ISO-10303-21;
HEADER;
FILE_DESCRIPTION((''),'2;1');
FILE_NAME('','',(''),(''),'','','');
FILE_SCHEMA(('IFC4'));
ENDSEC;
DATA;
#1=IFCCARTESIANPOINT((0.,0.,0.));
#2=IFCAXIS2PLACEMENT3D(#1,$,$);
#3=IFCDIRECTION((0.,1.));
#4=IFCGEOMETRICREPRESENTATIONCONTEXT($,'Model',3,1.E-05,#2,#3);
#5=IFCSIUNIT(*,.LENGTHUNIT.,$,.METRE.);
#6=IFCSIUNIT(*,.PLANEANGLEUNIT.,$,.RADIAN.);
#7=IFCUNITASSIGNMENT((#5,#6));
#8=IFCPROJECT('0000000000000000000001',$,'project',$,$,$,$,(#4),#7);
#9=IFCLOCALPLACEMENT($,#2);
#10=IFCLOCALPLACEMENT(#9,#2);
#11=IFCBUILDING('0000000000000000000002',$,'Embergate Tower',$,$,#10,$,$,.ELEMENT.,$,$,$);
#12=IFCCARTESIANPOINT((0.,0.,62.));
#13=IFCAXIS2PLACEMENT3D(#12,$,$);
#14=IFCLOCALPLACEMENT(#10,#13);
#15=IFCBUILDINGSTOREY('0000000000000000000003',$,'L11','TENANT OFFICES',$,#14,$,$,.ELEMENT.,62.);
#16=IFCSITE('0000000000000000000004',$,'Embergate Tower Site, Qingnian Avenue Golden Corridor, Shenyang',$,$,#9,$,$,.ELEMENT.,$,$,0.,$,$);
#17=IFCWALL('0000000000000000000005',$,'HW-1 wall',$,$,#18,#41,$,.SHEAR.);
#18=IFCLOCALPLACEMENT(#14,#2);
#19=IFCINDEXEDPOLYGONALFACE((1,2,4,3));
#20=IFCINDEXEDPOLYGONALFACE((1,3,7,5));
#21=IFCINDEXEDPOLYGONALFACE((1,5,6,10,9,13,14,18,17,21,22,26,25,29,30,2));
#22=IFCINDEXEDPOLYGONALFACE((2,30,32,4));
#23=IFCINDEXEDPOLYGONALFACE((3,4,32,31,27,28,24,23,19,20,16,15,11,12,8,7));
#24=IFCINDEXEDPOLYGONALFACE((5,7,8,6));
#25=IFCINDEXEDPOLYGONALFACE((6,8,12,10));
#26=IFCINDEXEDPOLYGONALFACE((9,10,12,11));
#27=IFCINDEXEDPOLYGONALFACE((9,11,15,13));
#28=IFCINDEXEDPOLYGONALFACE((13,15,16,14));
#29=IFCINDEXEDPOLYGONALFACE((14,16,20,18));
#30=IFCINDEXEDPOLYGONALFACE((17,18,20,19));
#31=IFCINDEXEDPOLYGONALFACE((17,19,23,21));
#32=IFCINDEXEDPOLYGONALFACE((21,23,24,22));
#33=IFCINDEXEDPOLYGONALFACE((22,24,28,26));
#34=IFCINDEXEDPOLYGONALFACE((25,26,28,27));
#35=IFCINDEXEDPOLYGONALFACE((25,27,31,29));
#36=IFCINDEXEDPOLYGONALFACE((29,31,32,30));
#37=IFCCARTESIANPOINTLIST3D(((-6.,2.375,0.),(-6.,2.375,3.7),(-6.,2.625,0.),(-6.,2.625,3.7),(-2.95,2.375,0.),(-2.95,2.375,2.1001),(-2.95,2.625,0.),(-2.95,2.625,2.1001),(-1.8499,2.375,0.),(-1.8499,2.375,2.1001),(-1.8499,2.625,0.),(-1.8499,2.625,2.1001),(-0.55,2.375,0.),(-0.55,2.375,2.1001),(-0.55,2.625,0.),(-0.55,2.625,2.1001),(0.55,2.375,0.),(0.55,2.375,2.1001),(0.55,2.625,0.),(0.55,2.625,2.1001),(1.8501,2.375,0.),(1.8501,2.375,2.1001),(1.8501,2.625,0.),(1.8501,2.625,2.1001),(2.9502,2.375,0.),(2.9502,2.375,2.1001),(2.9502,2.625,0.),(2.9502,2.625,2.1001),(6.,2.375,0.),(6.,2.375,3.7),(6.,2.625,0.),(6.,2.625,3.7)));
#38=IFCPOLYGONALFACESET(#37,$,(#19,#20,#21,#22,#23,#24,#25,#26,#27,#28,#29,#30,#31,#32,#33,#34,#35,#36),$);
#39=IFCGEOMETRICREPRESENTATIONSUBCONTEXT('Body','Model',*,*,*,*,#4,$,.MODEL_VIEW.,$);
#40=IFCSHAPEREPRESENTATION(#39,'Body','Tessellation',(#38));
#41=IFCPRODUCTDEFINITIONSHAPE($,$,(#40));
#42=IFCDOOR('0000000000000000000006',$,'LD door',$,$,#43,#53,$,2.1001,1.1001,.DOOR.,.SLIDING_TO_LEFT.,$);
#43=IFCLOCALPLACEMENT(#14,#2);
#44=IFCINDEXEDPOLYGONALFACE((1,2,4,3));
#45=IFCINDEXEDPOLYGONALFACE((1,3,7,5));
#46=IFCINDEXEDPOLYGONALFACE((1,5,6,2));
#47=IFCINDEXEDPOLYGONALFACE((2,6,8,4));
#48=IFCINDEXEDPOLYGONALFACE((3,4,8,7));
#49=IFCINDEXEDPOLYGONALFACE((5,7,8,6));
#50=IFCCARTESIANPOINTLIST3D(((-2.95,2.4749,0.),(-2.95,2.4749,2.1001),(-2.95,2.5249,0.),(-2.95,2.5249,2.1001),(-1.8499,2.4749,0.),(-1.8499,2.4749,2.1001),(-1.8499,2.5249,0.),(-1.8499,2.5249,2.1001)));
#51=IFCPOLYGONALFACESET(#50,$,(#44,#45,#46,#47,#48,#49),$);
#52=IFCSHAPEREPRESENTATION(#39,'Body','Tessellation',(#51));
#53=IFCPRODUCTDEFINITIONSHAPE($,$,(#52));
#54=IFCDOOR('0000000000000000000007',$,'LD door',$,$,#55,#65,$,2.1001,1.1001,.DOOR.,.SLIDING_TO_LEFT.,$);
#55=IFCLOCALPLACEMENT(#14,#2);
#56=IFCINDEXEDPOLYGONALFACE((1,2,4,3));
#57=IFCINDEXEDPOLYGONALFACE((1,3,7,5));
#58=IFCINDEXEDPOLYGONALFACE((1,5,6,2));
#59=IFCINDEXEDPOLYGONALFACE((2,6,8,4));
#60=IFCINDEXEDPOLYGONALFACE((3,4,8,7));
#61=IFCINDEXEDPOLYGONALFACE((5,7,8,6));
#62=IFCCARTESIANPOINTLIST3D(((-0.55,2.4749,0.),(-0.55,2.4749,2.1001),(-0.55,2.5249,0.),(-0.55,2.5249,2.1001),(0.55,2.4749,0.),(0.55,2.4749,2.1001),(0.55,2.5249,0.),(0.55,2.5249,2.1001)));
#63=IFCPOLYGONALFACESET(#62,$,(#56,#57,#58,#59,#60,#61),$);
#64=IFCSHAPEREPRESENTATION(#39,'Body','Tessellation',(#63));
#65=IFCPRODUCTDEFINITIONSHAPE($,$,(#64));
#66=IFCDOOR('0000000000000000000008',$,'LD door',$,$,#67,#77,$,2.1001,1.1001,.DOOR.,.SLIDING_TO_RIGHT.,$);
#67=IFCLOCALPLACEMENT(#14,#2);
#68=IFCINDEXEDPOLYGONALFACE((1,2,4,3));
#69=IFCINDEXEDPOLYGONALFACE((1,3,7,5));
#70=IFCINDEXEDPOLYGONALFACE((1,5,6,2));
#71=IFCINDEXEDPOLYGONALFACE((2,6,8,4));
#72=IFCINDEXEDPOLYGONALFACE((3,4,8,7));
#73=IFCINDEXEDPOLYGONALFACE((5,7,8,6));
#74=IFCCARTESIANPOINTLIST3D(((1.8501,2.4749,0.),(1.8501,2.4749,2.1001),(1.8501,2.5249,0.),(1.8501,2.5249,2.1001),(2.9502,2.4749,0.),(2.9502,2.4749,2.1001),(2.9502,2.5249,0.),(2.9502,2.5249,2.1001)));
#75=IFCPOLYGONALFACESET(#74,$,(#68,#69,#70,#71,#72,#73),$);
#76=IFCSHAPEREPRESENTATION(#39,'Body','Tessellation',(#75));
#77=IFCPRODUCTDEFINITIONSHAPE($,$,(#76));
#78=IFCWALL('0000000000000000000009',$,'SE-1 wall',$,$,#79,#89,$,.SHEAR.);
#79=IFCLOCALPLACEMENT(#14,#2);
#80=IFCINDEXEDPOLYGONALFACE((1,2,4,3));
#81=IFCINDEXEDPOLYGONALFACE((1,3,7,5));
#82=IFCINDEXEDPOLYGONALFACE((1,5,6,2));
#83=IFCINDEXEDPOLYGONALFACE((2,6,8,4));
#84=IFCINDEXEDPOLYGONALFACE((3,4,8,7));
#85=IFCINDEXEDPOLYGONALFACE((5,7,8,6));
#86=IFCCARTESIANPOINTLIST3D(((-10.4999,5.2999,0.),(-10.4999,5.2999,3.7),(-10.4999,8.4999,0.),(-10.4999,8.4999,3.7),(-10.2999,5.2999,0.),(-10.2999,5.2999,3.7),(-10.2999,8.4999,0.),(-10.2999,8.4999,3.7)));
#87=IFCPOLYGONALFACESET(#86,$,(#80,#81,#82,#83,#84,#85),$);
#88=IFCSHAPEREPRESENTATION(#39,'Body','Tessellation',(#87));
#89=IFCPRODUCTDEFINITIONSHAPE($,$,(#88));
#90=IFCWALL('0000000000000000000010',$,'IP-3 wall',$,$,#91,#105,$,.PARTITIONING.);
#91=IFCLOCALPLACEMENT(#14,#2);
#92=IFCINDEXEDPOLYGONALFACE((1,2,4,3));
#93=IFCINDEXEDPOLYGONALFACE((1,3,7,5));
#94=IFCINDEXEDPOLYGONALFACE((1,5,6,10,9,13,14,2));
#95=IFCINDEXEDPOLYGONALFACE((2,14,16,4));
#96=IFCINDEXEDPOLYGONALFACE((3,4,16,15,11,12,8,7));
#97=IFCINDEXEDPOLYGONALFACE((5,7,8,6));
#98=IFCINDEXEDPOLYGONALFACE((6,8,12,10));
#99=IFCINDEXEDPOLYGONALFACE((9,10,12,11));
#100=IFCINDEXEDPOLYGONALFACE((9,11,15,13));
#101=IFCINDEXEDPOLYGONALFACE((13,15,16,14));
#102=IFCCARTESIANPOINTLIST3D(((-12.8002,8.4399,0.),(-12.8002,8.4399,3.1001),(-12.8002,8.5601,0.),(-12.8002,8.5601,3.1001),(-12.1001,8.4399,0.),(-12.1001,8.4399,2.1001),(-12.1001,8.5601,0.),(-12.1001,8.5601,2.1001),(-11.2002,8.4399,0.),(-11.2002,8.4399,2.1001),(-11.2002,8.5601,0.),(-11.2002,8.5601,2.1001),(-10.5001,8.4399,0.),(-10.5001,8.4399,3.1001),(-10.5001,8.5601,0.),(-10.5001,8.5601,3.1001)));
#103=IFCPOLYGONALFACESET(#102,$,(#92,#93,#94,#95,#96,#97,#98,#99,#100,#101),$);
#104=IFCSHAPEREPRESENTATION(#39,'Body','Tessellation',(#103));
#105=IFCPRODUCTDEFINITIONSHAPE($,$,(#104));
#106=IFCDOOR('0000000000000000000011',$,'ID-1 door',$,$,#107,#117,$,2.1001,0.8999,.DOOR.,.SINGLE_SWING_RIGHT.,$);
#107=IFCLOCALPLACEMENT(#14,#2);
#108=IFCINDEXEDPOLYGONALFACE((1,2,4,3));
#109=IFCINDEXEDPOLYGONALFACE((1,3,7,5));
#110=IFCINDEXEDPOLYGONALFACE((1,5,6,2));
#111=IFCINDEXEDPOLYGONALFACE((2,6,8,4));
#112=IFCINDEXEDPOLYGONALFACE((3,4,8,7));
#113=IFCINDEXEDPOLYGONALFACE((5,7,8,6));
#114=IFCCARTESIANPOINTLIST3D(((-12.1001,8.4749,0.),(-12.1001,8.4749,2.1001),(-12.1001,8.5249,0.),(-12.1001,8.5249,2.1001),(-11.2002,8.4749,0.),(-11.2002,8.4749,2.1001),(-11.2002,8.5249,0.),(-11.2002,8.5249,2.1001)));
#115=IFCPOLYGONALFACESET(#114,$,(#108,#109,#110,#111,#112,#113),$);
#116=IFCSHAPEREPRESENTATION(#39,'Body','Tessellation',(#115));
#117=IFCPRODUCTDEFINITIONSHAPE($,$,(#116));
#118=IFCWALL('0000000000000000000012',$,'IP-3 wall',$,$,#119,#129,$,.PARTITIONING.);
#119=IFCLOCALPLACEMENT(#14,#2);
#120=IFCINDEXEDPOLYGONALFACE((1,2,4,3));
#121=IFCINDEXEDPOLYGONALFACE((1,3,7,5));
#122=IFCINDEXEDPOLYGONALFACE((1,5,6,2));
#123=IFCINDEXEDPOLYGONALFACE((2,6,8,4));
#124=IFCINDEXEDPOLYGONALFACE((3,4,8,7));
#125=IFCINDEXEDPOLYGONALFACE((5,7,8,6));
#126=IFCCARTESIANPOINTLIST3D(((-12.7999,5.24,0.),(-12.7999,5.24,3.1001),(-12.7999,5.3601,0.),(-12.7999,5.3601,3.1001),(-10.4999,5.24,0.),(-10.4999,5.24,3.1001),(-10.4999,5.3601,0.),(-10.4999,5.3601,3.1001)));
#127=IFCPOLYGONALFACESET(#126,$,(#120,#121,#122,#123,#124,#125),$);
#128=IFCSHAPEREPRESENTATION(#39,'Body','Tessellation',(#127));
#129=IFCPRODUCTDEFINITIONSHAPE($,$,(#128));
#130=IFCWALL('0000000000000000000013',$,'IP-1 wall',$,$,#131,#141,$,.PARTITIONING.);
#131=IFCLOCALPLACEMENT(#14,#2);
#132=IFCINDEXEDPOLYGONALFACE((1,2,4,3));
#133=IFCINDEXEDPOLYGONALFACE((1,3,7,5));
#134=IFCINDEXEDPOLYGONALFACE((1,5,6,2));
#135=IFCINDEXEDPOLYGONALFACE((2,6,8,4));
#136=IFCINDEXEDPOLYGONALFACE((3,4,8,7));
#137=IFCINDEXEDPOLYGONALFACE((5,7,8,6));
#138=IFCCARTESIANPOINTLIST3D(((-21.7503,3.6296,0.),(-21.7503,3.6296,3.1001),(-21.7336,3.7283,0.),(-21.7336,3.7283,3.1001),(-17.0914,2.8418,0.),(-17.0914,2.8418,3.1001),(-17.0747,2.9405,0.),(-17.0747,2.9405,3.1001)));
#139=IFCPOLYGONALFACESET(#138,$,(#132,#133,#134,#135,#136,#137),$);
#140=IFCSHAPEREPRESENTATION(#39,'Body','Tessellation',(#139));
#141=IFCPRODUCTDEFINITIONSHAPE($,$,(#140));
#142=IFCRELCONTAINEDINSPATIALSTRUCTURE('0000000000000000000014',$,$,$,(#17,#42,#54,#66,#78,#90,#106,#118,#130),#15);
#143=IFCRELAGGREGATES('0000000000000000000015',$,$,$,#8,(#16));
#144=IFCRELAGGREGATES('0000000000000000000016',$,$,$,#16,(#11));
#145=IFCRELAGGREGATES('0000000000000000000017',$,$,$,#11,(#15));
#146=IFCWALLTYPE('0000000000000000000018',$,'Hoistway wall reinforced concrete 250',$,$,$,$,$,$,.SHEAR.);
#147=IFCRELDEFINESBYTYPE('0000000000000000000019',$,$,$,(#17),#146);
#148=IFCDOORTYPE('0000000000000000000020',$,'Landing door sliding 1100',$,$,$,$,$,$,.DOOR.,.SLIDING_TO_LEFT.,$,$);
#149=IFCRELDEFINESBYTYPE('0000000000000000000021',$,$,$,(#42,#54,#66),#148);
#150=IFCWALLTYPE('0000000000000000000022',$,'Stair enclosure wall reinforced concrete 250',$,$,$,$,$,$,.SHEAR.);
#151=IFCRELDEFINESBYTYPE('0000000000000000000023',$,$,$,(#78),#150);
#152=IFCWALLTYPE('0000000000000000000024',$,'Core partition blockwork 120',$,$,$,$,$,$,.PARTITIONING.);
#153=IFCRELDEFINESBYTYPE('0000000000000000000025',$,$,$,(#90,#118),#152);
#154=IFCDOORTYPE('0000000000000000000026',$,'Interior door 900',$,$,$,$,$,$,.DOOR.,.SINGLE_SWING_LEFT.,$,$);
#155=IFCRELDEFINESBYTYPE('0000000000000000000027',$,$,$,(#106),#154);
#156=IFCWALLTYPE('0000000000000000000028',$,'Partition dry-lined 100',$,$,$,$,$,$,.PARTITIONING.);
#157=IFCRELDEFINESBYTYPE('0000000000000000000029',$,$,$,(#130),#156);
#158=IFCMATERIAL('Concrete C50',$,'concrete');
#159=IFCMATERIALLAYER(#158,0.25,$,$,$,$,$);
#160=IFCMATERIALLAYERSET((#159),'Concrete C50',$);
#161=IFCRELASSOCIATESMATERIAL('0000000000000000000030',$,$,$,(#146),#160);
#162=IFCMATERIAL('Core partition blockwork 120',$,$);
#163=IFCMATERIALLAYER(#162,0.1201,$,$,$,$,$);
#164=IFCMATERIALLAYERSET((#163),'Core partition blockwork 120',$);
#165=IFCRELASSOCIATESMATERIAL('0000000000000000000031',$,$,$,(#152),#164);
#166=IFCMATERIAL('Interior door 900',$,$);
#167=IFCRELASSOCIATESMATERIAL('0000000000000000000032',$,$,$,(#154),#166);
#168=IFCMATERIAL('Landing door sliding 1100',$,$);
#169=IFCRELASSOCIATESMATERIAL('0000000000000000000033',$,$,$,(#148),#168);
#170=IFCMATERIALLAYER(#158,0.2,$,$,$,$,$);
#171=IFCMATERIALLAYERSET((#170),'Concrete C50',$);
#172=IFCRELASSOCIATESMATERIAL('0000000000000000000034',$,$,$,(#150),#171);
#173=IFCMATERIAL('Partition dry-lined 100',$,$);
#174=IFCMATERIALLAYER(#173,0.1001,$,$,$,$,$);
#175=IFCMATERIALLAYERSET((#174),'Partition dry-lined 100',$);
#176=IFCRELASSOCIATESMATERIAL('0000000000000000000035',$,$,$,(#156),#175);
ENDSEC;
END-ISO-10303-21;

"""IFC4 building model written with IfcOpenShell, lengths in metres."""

from ifc_helpers import new_model, si_unit, direction, frame, frame_2d, origin, place, context, subcontext, project, spatial, rectangle, extrude, source, transform, mapped, material, layer, layer_set, type_object, element, fill, save


model = new_model("IFC4")

# Units and contexts
model_context = context("Model", 3, precision=1e-05, world=origin(), true_north=direction((0.0, 1.0)))
body_context = subcontext(model_context, "Body", "Model", "MODEL_VIEW")
ifc_project = project(units=[si_unit("LENGTHUNIT", "METRE"), si_unit("PLANEANGLEUNIT", "RADIAN")], contexts=[model_context])

# Site, building, storey
site_placement = place(None, origin())
site = spatial("IfcSite", under=ifc_project, at=site_placement, Name="Embergate Tower Site, Qingnian Avenue Golden Corridor, Shenyang", CompositionType="ELEMENT", RefElevation=0.0)
building_placement = place(site_placement, origin())
building = spatial("IfcBuilding", under=site, at=building_placement, Name="Embergate Tower", CompositionType="ELEMENT")
storey_placement = place(building_placement, frame((0.0, 0.0, 62.0)))
storey = spatial("IfcBuildingStorey", under=building, at=storey_placement, Name="L11", Description="TENANT OFFICES", CompositionType="ELEMENT", Elevation=62.0)

# Shared definitions
ifc_material_1 = material(Name="Concrete C50", Category="concrete")
ifc_layer_1 = layer(ifc_material_1, 0.25)
ifc_layer_set_1 = layer_set([ifc_layer_1], Name="Concrete C50")
wall_type_1 = type_object("IfcWallType", Name="Hoistway wall reinforced concrete 250", PredefinedType="SHEAR", material=ifc_layer_set_1)

# Shared definitions
ifc_material_2 = material(Name="Core partition blockwork 120")
ifc_layer_2 = layer(ifc_material_2, 0.1201)
ifc_layer_set_2 = layer_set([ifc_layer_2], Name="Core partition blockwork 120")
wall_type_2 = type_object("IfcWallType", Name="Core partition blockwork 120", PredefinedType="PARTITIONING", material=ifc_layer_set_2)
shared_shape_1 = source(origin(), body_context, "Body", "SweptSolid", [
    extrude(rectangle(XDim=0.8999, YDim=2.1001, at=frame_2d((0.45, 1.05))), frame((0.0, 0.0701, 0.0), z_axis=(0.0, -1.0, 0.0), x_axis=(1.0, 0.0, 0.0)), (0.0, 0.0, 1.0), 0.1401),
])
ifc_material_3 = material(Name="Interior door 900")
door_type_1 = type_object("IfcDoorType", Name="Interior door 900", OperationType="SINGLE_SWING_LEFT", PredefinedType="DOOR", material=ifc_material_3)
shared_shape_2 = source(origin(), body_context, "Body", "SweptSolid", [
    extrude(rectangle(XDim=0.8999, YDim=2.1001, at=frame_2d((0.45, 1.05))), frame((0.0, 0.0249, 0.0), z_axis=(0.0, -1.0, 0.0), x_axis=(1.0, 0.0, 0.0)), (0.0, 0.0, 1.0), 0.05),
])

# Wall, openings, doors
shared_shape_3 = source(origin(), body_context, "Body", "SweptSolid", [
    extrude(rectangle(XDim=12.0, YDim=0.25, at=frame_2d((6.0, 0.0))), origin(), (0.0, 0.0, 1.0), 3.7),
])
wall_1_placement = place(storey_placement, frame((-6.0, 2.5, 0.0), z_axis=(0.0, 0.0, 1.0), x_axis=(1.0, 0.0, 0.0)))
wall_1 = element("IfcWall", 1, at=wall_1_placement, inside=storey, type_object=wall_type_1, Name="HW-1 wall", PredefinedType="SHEAR", context=body_context, shape_type="MappedRepresentation", body=[
    mapped(shared_shape_3, transform((0.0, 0.0, 0.0))),
])
shared_shape_4 = source(origin(), body_context, "Body", "SweptSolid", [
    extrude(rectangle(XDim=1.1001, YDim=2.1001, at=frame_2d((0.55, 1.05))), frame((0.0, 0.135, 0.0), z_axis=(0.0, -1.0, 0.0), x_axis=(1.0, 0.0, 0.0)), (0.0, 0.0, 1.0), 0.27),
])
opening_1_placement = place(wall_1_placement, frame((3.05, 0.0, 0.0)))
opening_1 = element("IfcOpeningElement", 2, at=opening_1_placement, cuts=wall_1, PredefinedType="OPENING", context=body_context, shape_type="MappedRepresentation", body=[
    mapped(shared_shape_4, transform((0.0, 0.0, 0.0))),
])
opening_2_placement = place(wall_1_placement, frame((5.45, 0.0, 0.0)))
opening_2 = element("IfcOpeningElement", 3, at=opening_2_placement, cuts=wall_1, PredefinedType="OPENING", context=body_context, shape_type="MappedRepresentation", body=[
    mapped(shared_shape_4, transform((0.0, 0.0, 0.0))),
])
opening_3_placement = place(wall_1_placement, frame((7.8501, 0.0, 0.0)))
opening_3 = element("IfcOpeningElement", 4, at=opening_3_placement, cuts=wall_1, PredefinedType="OPENING", context=body_context, shape_type="MappedRepresentation", body=[
    mapped(shared_shape_4, transform((0.0, 0.0, 0.0))),
])
ifc_material_4 = material(Name="Landing door sliding 1100")
door_type_2 = type_object("IfcDoorType", Name="Landing door sliding 1100", OperationType="SLIDING_TO_LEFT", PredefinedType="DOOR", material=ifc_material_4)
shared_shape_5 = source(origin(), body_context, "Body", "SweptSolid", [
    extrude(rectangle(XDim=1.1001, YDim=2.1001, at=frame_2d((0.55, 1.05))), frame((0.0, 0.0249, 0.0), z_axis=(0.0, -1.0, 0.0), x_axis=(1.0, 0.0, 0.0)), (0.0, 0.0, 1.0), 0.05),
])
door_1_placement = place(opening_1_placement, origin())
door_1 = element("IfcDoor", 5, at=door_1_placement, inside=storey, type_object=door_type_2, Name="LD door", OperationType="SLIDING_TO_LEFT", OverallHeight=2.1001, OverallWidth=1.1001, PredefinedType="DOOR", context=body_context, shape_type="MappedRepresentation", body=[
    mapped(shared_shape_5, transform((0.0, 0.0, 0.0))),
])
fill(opening_1, door_1)
door_2_placement = place(opening_2_placement, origin())
door_2 = element("IfcDoor", 6, at=door_2_placement, inside=storey, type_object=door_type_2, Name="LD door", OperationType="SLIDING_TO_LEFT", OverallHeight=2.1001, OverallWidth=1.1001, PredefinedType="DOOR", context=body_context, shape_type="MappedRepresentation", body=[
    mapped(shared_shape_5, transform((0.0, 0.0, 0.0))),
])
fill(opening_2, door_2)
door_3_placement = place(opening_3_placement, origin())
door_3 = element("IfcDoor", 7, at=door_3_placement, inside=storey, type_object=door_type_2, Name="LD door", OperationType="SLIDING_TO_RIGHT", OverallHeight=2.1001, OverallWidth=1.1001, PredefinedType="DOOR", context=body_context, shape_type="MappedRepresentation", body=[
    mapped(shared_shape_5, transform((0.0, 0.0, 0.0))),
])
fill(opening_3, door_3)

# Wall
ifc_layer_3 = layer(ifc_material_1, 0.2)
ifc_layer_set_3 = layer_set([ifc_layer_3], Name="Concrete C50")
wall_type_3 = type_object("IfcWallType", Name="Stair enclosure wall reinforced concrete 250", PredefinedType="SHEAR", material=ifc_layer_set_3)
shared_shape_6 = source(origin(), body_context, "Body", "SweptSolid", [
    extrude(rectangle(XDim=3.2, YDim=0.2, at=frame_2d((1.6001, 0.0))), origin(), (0.0, 0.0, 1.0), 3.7),
])
wall_2_placement = place(storey_placement, frame((-10.3999, 8.5, 0.0), z_axis=(0.0, 0.0, 1.0), x_axis=(0.0, -1.0, 0.0)))
element("IfcWall", 8, at=wall_2_placement, inside=storey, type_object=wall_type_3, Name="SE-1 wall", PredefinedType="SHEAR", context=body_context, shape_type="MappedRepresentation", body=[
    mapped(shared_shape_6, transform((0.0, 0.0, 0.0))),
])

# Wall, opening, door
shared_shape_7 = source(origin(), body_context, "Body", "SweptSolid", [
    extrude(rectangle(XDim=2.3, YDim=0.1201, at=frame_2d((1.1499, 0.0))), origin(), (0.0, 0.0, 1.0), 3.1001),
])
wall_3_placement = place(storey_placement, frame((-12.8, 8.5, 0.0), z_axis=(0.0, 0.0, 1.0), x_axis=(1.0, 0.0, 0.0)))
wall_3 = element("IfcWall", 9, at=wall_3_placement, inside=storey, type_object=wall_type_2, Name="IP-3 wall", PredefinedType="PARTITIONING", context=body_context, shape_type="MappedRepresentation", body=[
    mapped(shared_shape_7, transform((0.0, 0.0, 0.0))),
])
opening_4_placement = place(wall_3_placement, frame((0.7, 0.0, 0.0)))
opening_4 = element("IfcOpeningElement", 10, at=opening_4_placement, cuts=wall_3, PredefinedType="OPENING", context=body_context, shape_type="MappedRepresentation", body=[
    mapped(shared_shape_1, transform((0.0, 0.0, 0.0))),
])
door_4_placement = place(opening_4_placement, origin())
door_4 = element("IfcDoor", 11, at=door_4_placement, inside=storey, type_object=door_type_1, Name="ID-1 door", OperationType="SINGLE_SWING_RIGHT", OverallHeight=2.1001, OverallWidth=0.8999, PredefinedType="DOOR", context=body_context, shape_type="MappedRepresentation", body=[
    mapped(shared_shape_2, transform((0.0, 0.0, 0.0))),
])
fill(opening_4, door_4)

# Walls
wall_4_placement = place(storey_placement, frame((-10.5, 5.3, 0.0), z_axis=(0.0, 0.0, 1.0), x_axis=(-1.0, 0.0, 0.0)))
element("IfcWall", 12, at=wall_4_placement, inside=storey, type_object=wall_type_2, Name="IP-3 wall", PredefinedType="PARTITIONING", context=body_context, shape_type="MappedRepresentation", body=[
    mapped(shared_shape_7, transform((0.0, 0.0, 0.0))),
])
ifc_material_5 = material(Name="Partition dry-lined 100")
ifc_layer_4 = layer(ifc_material_5, 0.1001)
ifc_layer_set_4 = layer_set([ifc_layer_4], Name="Partition dry-lined 100")
wall_type_4 = type_object("IfcWallType", Name="Partition dry-lined 100", PredefinedType="PARTITIONING", material=ifc_layer_set_4)
shared_shape_8 = source(origin(), body_context, "Body", "SweptSolid", [
    extrude(rectangle(XDim=4.7251, YDim=0.1001, at=frame_2d((2.3625, 0.0))), origin(), (0.0, 0.0, 1.0), 3.1001),
])
wall_5_placement = place(storey_placement, frame((-17.083, 2.8911, 0.0), z_axis=(0.0, 0.0, 1.0), x_axis=(-0.986002, 0.166736, 0.0)))
element("IfcWall", 13, at=wall_5_placement, inside=storey, type_object=wall_type_4, Name="IP-1 wall", PredefinedType="PARTITIONING", context=body_context, shape_type="MappedRepresentation", body=[
    mapped(shared_shape_8, transform((0.0, 0.0, 0.0))),
])

save(model, "model.ifc")
